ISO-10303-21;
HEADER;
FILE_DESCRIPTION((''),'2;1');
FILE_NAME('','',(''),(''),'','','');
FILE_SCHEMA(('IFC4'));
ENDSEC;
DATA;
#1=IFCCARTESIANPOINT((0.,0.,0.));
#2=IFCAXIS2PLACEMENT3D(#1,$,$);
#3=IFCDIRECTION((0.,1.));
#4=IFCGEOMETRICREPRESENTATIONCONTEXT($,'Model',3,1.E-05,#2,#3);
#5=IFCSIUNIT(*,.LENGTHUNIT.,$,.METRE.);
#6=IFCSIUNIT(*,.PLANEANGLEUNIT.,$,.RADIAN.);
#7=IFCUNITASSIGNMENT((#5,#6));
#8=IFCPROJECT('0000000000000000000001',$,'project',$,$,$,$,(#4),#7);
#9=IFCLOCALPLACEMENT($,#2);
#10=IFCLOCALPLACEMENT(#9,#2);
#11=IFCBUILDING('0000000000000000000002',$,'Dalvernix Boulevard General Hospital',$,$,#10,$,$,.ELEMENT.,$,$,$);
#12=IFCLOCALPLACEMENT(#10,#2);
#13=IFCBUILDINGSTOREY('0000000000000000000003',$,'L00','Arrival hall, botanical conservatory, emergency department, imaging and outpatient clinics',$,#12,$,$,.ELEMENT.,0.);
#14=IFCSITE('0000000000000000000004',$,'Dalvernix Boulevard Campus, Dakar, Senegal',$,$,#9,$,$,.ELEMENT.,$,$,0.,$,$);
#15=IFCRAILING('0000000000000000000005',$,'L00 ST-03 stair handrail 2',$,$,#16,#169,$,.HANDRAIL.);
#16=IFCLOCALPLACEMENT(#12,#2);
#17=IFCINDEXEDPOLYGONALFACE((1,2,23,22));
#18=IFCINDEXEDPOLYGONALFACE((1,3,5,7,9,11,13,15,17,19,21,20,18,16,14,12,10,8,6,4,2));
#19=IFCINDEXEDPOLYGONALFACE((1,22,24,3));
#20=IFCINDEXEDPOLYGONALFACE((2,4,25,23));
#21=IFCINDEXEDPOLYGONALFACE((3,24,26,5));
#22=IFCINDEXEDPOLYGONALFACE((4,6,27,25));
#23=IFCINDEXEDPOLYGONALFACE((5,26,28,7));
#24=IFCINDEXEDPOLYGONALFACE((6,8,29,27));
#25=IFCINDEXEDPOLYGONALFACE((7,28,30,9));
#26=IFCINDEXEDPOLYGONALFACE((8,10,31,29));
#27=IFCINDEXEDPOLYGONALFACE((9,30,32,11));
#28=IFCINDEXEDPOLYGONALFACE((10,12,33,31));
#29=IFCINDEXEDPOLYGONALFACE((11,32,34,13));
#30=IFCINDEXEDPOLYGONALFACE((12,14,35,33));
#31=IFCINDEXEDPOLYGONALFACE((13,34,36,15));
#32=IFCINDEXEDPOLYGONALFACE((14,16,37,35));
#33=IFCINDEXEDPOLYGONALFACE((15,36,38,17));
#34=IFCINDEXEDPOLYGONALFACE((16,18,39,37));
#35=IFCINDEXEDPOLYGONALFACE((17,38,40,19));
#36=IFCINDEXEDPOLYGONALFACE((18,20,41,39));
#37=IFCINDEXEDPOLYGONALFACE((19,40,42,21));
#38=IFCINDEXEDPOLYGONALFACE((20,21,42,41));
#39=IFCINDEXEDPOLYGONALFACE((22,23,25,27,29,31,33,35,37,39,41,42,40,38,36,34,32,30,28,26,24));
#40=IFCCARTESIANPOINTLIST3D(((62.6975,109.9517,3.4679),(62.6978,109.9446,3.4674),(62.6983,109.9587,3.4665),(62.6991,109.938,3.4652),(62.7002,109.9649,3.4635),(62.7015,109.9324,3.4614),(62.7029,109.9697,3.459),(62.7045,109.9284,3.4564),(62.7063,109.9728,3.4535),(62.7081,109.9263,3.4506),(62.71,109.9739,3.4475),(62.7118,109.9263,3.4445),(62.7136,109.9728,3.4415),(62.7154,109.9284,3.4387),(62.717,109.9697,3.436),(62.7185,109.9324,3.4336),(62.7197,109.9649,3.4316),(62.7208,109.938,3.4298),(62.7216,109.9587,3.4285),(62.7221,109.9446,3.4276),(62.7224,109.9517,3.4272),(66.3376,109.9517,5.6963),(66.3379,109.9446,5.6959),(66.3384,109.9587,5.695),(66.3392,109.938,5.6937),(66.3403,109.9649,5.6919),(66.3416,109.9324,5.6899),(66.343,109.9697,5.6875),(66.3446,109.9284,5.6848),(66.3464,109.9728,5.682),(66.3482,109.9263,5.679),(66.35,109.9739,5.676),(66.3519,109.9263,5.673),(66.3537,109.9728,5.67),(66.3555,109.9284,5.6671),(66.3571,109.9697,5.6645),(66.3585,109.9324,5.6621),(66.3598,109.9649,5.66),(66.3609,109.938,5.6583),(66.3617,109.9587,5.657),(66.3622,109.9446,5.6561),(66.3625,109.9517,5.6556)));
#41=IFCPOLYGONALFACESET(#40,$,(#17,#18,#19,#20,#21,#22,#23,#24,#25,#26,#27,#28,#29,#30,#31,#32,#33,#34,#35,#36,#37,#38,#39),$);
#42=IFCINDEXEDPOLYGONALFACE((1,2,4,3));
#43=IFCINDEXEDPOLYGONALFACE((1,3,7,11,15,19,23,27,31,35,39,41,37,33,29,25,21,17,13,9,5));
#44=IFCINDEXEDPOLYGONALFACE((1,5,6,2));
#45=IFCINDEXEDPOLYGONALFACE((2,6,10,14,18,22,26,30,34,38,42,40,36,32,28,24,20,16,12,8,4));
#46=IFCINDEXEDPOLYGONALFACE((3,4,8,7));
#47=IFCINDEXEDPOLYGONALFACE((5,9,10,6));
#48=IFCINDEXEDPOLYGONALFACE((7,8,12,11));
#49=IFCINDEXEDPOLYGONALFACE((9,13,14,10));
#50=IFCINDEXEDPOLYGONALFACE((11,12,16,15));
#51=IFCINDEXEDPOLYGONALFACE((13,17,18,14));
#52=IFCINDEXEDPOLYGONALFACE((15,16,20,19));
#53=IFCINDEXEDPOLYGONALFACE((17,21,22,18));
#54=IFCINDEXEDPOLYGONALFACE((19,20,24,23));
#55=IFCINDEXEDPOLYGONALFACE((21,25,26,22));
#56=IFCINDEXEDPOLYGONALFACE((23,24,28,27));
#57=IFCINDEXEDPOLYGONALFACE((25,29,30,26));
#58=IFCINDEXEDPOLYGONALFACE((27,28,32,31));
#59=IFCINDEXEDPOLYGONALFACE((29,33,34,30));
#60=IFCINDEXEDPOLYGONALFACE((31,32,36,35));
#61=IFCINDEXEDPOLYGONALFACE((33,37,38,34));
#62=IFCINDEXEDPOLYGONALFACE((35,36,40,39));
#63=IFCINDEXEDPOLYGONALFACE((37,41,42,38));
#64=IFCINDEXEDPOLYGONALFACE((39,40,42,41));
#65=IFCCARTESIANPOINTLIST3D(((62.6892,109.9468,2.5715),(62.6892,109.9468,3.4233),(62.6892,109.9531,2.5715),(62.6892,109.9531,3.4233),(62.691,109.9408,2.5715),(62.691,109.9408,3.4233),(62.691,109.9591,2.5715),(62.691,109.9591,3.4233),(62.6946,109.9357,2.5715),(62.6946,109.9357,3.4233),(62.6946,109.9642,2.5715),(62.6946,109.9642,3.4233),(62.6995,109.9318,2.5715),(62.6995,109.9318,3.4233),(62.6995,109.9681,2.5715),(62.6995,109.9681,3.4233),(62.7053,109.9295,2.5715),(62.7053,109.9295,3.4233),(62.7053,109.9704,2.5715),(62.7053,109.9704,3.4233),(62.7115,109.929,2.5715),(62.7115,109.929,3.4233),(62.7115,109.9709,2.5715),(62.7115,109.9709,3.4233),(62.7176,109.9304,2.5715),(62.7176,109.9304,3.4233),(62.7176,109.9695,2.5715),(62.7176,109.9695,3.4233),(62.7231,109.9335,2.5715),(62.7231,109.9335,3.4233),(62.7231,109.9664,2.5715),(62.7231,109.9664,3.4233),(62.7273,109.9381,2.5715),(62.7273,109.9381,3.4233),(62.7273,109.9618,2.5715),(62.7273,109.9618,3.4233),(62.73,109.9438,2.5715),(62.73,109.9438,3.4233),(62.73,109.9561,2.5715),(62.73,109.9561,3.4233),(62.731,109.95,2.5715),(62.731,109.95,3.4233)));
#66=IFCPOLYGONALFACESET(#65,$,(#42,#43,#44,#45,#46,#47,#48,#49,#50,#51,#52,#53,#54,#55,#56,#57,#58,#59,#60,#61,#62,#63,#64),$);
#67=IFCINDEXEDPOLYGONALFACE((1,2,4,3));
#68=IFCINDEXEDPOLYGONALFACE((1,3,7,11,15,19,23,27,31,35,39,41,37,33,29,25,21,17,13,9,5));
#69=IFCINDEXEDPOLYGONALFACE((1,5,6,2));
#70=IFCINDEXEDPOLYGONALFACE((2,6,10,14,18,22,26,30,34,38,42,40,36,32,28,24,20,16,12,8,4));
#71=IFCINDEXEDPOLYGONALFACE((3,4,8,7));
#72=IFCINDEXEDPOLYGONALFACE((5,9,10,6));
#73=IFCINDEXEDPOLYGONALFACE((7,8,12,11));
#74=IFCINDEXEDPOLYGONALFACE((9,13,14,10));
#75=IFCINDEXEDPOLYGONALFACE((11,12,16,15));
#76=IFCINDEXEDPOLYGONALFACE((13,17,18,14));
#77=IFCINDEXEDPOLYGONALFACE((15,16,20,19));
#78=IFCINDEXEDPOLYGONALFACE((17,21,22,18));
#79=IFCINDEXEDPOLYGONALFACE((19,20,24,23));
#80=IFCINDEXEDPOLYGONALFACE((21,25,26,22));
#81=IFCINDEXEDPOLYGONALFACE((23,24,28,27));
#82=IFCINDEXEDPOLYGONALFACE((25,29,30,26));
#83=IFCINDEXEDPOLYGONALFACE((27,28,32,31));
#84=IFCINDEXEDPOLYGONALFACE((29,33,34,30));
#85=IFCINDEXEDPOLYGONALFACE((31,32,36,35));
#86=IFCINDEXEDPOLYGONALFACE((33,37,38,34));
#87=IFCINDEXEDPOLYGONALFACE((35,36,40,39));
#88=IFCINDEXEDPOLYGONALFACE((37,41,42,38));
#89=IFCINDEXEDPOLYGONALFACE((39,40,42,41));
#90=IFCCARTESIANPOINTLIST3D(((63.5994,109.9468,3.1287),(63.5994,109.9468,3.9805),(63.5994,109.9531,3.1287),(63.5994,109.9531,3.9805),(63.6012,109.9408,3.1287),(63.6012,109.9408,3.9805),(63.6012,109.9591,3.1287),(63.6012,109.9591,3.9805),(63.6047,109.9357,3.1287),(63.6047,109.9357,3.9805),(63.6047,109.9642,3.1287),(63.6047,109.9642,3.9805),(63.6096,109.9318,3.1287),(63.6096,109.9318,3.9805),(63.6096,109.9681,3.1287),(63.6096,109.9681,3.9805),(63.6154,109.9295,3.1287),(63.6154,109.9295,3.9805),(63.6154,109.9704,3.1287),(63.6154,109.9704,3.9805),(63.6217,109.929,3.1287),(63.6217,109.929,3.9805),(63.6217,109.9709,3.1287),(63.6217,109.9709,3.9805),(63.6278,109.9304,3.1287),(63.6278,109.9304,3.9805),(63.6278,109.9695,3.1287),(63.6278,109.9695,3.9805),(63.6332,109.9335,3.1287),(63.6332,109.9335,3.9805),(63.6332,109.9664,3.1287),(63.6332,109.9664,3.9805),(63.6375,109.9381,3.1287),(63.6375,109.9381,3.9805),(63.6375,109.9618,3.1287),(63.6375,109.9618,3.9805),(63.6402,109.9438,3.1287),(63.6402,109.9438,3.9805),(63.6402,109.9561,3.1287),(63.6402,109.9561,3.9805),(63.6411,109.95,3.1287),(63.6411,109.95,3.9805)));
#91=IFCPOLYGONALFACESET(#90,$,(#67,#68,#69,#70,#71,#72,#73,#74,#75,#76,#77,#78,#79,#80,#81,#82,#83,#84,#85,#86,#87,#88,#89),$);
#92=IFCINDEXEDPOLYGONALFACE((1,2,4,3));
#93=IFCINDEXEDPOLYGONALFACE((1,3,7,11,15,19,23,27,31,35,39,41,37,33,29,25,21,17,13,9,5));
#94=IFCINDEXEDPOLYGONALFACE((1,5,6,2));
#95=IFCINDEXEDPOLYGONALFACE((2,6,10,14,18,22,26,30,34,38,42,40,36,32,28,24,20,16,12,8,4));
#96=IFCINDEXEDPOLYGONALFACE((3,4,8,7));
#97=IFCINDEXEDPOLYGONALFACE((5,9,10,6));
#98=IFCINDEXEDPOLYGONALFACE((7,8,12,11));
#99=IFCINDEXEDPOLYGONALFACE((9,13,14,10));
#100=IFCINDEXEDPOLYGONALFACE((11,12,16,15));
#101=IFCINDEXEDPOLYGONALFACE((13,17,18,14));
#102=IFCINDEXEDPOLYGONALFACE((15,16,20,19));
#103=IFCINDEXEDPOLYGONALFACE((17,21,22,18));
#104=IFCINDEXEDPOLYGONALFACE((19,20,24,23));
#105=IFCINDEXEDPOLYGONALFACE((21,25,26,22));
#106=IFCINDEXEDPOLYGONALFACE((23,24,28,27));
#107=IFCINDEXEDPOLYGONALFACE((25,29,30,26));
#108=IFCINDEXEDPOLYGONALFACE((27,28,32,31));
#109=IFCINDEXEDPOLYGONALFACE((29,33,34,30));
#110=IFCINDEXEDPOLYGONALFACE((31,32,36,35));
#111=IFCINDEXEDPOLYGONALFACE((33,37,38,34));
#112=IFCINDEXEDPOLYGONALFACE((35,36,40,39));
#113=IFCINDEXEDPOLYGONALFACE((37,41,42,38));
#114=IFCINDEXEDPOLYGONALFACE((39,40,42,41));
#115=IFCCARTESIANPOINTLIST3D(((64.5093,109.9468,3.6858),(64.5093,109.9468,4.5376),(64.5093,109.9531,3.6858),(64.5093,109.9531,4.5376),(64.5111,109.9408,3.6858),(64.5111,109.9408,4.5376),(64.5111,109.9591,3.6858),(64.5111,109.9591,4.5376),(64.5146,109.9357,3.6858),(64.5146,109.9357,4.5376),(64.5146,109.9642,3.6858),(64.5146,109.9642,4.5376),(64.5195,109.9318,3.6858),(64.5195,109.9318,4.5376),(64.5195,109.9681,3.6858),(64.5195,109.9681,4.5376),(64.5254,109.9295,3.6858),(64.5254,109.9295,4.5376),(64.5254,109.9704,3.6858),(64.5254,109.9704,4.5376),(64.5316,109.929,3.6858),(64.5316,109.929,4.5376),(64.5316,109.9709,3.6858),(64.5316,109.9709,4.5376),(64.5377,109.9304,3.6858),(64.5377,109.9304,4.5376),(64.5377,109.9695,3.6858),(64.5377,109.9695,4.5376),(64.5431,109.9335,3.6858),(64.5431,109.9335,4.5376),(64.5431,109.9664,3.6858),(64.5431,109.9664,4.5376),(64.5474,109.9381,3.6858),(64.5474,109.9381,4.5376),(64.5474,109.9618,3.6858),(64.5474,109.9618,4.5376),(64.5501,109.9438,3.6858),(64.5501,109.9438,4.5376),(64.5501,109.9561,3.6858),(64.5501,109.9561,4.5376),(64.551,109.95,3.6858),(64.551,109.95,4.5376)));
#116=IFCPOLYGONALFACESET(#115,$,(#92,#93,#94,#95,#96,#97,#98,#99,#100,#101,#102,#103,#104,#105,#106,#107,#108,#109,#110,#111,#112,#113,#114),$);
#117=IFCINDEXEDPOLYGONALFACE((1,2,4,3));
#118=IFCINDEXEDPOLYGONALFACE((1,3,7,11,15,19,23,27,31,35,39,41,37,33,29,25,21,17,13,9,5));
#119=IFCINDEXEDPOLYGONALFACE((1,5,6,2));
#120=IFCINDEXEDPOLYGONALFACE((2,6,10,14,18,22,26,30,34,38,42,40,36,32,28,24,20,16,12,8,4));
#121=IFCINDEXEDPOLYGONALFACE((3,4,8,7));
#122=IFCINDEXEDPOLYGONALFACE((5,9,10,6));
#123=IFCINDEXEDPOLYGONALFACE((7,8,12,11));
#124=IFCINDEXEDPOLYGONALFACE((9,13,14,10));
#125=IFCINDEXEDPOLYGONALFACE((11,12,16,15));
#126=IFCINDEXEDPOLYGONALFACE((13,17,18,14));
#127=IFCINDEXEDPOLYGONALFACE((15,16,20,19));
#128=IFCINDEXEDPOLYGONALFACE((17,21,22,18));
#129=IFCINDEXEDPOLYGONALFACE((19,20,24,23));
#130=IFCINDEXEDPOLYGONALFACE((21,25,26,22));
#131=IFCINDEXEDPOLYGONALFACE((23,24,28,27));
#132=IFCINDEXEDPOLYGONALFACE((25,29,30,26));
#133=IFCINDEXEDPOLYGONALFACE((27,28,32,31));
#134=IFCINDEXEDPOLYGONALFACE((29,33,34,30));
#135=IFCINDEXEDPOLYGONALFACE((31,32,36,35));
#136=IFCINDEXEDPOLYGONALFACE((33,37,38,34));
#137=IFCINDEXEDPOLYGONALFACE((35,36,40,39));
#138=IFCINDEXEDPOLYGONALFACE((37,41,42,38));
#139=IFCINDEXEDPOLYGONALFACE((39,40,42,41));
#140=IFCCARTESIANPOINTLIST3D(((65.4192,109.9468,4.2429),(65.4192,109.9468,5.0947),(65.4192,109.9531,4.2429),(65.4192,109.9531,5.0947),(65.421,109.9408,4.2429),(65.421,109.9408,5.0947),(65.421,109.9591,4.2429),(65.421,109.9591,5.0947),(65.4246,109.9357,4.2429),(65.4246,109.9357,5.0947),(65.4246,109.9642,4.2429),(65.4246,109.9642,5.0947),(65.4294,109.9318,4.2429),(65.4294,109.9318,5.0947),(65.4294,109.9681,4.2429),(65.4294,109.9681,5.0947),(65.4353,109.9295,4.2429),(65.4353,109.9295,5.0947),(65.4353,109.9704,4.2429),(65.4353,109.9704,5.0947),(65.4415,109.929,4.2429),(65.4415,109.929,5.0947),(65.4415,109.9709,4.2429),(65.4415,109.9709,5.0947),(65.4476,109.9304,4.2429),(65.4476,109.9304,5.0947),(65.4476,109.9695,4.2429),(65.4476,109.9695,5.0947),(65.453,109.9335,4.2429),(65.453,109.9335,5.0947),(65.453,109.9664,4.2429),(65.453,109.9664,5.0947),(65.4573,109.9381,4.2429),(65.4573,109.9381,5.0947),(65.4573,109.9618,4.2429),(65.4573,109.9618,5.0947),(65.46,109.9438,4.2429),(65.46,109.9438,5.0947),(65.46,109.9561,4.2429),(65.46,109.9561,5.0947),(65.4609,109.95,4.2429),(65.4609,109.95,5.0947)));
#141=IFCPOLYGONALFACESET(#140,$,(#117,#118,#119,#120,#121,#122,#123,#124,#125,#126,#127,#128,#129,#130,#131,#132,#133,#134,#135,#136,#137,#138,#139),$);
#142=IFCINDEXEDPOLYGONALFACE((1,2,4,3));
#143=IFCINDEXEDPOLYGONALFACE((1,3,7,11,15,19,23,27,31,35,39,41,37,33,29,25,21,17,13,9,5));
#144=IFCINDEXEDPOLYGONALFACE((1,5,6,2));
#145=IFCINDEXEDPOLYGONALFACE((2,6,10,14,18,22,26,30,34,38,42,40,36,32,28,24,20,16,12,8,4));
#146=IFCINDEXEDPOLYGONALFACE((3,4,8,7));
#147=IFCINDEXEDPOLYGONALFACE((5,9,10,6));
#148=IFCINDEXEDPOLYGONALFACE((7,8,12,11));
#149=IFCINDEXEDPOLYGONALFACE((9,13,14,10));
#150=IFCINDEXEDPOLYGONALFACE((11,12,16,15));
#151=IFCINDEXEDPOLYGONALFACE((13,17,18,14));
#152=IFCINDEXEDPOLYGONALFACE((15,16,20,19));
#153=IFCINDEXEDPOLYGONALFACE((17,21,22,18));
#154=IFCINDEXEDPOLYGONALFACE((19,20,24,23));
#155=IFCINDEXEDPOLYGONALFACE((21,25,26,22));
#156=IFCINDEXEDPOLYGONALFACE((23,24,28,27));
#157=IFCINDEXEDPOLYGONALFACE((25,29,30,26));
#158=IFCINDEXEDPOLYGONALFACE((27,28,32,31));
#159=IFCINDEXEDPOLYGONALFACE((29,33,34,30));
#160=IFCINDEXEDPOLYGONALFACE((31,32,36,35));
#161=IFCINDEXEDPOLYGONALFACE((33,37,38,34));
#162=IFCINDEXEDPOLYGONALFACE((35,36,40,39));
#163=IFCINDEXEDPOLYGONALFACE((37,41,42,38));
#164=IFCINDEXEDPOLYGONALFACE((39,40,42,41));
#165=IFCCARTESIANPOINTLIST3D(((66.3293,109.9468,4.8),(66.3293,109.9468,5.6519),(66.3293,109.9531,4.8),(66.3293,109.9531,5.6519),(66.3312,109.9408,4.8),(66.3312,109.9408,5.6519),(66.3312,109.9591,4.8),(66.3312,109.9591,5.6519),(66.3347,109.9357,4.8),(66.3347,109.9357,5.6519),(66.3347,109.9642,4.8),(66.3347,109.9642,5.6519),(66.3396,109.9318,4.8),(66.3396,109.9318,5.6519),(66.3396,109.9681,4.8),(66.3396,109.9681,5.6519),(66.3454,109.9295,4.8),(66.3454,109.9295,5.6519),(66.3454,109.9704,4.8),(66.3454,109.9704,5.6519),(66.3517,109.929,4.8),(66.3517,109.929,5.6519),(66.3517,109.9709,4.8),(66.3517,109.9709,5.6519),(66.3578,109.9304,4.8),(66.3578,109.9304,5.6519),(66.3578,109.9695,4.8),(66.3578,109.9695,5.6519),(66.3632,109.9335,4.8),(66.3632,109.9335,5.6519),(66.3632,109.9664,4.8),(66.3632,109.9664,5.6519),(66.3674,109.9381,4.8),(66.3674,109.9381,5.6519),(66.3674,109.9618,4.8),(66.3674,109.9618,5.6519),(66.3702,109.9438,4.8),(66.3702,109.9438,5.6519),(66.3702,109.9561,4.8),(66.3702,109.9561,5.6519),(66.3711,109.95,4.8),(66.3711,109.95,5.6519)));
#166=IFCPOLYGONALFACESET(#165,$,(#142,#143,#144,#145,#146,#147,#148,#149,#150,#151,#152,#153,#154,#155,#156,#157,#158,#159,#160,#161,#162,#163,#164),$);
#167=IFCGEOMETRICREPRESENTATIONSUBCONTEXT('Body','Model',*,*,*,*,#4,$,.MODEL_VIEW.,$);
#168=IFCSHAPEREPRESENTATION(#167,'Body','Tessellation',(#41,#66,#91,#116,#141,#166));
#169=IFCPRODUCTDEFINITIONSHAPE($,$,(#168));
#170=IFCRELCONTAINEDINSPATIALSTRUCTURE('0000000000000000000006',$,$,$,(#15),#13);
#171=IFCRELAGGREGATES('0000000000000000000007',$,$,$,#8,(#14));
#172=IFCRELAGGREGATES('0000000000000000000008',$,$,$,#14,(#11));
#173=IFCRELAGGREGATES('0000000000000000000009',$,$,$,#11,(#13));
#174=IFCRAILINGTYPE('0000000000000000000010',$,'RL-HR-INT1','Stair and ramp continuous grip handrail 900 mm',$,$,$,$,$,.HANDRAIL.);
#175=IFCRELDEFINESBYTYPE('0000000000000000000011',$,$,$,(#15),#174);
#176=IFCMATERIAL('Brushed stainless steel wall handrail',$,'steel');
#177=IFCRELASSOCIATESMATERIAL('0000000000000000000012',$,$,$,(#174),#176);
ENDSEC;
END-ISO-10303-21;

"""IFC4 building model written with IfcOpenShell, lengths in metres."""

from ifc_helpers import new_model, si_unit, direction, frame, origin, origin_2d, place, context, subcontext, project, spatial, circle, extrude, material, type_object, element, save


model = new_model("IFC4")

# Units and contexts
model_context = context("Model", 3, precision=1e-05, world=origin(), true_north=direction((0.0, 1.0)))
body_context = subcontext(model_context, "Body", "Model", "MODEL_VIEW")
ifc_project = project(units=[si_unit("LENGTHUNIT", "METRE"), si_unit("PLANEANGLEUNIT", "RADIAN")], contexts=[model_context])

# Site, building, storey
site_placement = place(None, origin())
site = spatial("IfcSite", under=ifc_project, at=site_placement, Name="Dalvernix Boulevard Campus, Dakar, Senegal", CompositionType="ELEMENT", RefElevation=0.0)
building_placement = place(site_placement, origin())
building = spatial("IfcBuilding", under=site, at=building_placement, Name="Dalvernix Boulevard General Hospital", CompositionType="ELEMENT")
storey_placement = place(building_placement, origin())
storey = spatial("IfcBuildingStorey", under=building, at=storey_placement, Name="L00", Description="Arrival hall, botanical conservatory, emergency department, imaging and outpatient clinics", CompositionType="ELEMENT", Elevation=0.0)

# Railing
ifc_material_1 = material(Name="Brushed stainless steel wall handrail", Category="steel")
railing_type_1 = type_object("IfcRailingType", Name="RL-HR-INT1", Description="Stair and ramp continuous grip handrail 900 mm", PredefinedType="HANDRAIL", material=ifc_material_1)
railing_1_placement = place(storey_placement, frame((62.71, 109.95, 2.5715)))
element("IfcRailing", 1, at=railing_1_placement, inside=storey, type_object=railing_type_1, Name="L00 ST-03 stair handrail 2", PredefinedType="HANDRAIL", context=body_context, shape_type="SweptSolid", body=[
    extrude(circle(Radius=0.0239, at=origin_2d()), frame((0.0, 0.0, 0.876), z_axis=(0.852866, 0.0, 0.52213), x_axis=(0.0, 1.0, 0.0)), (0.0, 0.0, 1.0), 4.2681),
    extrude(circle(Radius=0.021, at=origin_2d()), origin(), (0.0, 0.0, 1.0), 0.8518),
    extrude(circle(Radius=0.021, at=origin_2d()), frame((0.9102, 0.0, 0.5571)), (0.0, 0.0, 1.0), 0.8518),
    extrude(circle(Radius=0.021, at=origin_2d()), frame((1.8201, 0.0, 1.1143)), (0.0, 0.0, 1.0), 0.8518),
    extrude(circle(Radius=0.021, at=origin_2d()), frame((2.73, 0.0, 1.6714)), (0.0, 0.0, 1.0), 0.8518),
    extrude(circle(Radius=0.021, at=origin_2d()), frame((3.6401, 0.0, 2.2285)), (0.0, 0.0, 1.0), 0.8518),
])

save(model, "model.ifc")
